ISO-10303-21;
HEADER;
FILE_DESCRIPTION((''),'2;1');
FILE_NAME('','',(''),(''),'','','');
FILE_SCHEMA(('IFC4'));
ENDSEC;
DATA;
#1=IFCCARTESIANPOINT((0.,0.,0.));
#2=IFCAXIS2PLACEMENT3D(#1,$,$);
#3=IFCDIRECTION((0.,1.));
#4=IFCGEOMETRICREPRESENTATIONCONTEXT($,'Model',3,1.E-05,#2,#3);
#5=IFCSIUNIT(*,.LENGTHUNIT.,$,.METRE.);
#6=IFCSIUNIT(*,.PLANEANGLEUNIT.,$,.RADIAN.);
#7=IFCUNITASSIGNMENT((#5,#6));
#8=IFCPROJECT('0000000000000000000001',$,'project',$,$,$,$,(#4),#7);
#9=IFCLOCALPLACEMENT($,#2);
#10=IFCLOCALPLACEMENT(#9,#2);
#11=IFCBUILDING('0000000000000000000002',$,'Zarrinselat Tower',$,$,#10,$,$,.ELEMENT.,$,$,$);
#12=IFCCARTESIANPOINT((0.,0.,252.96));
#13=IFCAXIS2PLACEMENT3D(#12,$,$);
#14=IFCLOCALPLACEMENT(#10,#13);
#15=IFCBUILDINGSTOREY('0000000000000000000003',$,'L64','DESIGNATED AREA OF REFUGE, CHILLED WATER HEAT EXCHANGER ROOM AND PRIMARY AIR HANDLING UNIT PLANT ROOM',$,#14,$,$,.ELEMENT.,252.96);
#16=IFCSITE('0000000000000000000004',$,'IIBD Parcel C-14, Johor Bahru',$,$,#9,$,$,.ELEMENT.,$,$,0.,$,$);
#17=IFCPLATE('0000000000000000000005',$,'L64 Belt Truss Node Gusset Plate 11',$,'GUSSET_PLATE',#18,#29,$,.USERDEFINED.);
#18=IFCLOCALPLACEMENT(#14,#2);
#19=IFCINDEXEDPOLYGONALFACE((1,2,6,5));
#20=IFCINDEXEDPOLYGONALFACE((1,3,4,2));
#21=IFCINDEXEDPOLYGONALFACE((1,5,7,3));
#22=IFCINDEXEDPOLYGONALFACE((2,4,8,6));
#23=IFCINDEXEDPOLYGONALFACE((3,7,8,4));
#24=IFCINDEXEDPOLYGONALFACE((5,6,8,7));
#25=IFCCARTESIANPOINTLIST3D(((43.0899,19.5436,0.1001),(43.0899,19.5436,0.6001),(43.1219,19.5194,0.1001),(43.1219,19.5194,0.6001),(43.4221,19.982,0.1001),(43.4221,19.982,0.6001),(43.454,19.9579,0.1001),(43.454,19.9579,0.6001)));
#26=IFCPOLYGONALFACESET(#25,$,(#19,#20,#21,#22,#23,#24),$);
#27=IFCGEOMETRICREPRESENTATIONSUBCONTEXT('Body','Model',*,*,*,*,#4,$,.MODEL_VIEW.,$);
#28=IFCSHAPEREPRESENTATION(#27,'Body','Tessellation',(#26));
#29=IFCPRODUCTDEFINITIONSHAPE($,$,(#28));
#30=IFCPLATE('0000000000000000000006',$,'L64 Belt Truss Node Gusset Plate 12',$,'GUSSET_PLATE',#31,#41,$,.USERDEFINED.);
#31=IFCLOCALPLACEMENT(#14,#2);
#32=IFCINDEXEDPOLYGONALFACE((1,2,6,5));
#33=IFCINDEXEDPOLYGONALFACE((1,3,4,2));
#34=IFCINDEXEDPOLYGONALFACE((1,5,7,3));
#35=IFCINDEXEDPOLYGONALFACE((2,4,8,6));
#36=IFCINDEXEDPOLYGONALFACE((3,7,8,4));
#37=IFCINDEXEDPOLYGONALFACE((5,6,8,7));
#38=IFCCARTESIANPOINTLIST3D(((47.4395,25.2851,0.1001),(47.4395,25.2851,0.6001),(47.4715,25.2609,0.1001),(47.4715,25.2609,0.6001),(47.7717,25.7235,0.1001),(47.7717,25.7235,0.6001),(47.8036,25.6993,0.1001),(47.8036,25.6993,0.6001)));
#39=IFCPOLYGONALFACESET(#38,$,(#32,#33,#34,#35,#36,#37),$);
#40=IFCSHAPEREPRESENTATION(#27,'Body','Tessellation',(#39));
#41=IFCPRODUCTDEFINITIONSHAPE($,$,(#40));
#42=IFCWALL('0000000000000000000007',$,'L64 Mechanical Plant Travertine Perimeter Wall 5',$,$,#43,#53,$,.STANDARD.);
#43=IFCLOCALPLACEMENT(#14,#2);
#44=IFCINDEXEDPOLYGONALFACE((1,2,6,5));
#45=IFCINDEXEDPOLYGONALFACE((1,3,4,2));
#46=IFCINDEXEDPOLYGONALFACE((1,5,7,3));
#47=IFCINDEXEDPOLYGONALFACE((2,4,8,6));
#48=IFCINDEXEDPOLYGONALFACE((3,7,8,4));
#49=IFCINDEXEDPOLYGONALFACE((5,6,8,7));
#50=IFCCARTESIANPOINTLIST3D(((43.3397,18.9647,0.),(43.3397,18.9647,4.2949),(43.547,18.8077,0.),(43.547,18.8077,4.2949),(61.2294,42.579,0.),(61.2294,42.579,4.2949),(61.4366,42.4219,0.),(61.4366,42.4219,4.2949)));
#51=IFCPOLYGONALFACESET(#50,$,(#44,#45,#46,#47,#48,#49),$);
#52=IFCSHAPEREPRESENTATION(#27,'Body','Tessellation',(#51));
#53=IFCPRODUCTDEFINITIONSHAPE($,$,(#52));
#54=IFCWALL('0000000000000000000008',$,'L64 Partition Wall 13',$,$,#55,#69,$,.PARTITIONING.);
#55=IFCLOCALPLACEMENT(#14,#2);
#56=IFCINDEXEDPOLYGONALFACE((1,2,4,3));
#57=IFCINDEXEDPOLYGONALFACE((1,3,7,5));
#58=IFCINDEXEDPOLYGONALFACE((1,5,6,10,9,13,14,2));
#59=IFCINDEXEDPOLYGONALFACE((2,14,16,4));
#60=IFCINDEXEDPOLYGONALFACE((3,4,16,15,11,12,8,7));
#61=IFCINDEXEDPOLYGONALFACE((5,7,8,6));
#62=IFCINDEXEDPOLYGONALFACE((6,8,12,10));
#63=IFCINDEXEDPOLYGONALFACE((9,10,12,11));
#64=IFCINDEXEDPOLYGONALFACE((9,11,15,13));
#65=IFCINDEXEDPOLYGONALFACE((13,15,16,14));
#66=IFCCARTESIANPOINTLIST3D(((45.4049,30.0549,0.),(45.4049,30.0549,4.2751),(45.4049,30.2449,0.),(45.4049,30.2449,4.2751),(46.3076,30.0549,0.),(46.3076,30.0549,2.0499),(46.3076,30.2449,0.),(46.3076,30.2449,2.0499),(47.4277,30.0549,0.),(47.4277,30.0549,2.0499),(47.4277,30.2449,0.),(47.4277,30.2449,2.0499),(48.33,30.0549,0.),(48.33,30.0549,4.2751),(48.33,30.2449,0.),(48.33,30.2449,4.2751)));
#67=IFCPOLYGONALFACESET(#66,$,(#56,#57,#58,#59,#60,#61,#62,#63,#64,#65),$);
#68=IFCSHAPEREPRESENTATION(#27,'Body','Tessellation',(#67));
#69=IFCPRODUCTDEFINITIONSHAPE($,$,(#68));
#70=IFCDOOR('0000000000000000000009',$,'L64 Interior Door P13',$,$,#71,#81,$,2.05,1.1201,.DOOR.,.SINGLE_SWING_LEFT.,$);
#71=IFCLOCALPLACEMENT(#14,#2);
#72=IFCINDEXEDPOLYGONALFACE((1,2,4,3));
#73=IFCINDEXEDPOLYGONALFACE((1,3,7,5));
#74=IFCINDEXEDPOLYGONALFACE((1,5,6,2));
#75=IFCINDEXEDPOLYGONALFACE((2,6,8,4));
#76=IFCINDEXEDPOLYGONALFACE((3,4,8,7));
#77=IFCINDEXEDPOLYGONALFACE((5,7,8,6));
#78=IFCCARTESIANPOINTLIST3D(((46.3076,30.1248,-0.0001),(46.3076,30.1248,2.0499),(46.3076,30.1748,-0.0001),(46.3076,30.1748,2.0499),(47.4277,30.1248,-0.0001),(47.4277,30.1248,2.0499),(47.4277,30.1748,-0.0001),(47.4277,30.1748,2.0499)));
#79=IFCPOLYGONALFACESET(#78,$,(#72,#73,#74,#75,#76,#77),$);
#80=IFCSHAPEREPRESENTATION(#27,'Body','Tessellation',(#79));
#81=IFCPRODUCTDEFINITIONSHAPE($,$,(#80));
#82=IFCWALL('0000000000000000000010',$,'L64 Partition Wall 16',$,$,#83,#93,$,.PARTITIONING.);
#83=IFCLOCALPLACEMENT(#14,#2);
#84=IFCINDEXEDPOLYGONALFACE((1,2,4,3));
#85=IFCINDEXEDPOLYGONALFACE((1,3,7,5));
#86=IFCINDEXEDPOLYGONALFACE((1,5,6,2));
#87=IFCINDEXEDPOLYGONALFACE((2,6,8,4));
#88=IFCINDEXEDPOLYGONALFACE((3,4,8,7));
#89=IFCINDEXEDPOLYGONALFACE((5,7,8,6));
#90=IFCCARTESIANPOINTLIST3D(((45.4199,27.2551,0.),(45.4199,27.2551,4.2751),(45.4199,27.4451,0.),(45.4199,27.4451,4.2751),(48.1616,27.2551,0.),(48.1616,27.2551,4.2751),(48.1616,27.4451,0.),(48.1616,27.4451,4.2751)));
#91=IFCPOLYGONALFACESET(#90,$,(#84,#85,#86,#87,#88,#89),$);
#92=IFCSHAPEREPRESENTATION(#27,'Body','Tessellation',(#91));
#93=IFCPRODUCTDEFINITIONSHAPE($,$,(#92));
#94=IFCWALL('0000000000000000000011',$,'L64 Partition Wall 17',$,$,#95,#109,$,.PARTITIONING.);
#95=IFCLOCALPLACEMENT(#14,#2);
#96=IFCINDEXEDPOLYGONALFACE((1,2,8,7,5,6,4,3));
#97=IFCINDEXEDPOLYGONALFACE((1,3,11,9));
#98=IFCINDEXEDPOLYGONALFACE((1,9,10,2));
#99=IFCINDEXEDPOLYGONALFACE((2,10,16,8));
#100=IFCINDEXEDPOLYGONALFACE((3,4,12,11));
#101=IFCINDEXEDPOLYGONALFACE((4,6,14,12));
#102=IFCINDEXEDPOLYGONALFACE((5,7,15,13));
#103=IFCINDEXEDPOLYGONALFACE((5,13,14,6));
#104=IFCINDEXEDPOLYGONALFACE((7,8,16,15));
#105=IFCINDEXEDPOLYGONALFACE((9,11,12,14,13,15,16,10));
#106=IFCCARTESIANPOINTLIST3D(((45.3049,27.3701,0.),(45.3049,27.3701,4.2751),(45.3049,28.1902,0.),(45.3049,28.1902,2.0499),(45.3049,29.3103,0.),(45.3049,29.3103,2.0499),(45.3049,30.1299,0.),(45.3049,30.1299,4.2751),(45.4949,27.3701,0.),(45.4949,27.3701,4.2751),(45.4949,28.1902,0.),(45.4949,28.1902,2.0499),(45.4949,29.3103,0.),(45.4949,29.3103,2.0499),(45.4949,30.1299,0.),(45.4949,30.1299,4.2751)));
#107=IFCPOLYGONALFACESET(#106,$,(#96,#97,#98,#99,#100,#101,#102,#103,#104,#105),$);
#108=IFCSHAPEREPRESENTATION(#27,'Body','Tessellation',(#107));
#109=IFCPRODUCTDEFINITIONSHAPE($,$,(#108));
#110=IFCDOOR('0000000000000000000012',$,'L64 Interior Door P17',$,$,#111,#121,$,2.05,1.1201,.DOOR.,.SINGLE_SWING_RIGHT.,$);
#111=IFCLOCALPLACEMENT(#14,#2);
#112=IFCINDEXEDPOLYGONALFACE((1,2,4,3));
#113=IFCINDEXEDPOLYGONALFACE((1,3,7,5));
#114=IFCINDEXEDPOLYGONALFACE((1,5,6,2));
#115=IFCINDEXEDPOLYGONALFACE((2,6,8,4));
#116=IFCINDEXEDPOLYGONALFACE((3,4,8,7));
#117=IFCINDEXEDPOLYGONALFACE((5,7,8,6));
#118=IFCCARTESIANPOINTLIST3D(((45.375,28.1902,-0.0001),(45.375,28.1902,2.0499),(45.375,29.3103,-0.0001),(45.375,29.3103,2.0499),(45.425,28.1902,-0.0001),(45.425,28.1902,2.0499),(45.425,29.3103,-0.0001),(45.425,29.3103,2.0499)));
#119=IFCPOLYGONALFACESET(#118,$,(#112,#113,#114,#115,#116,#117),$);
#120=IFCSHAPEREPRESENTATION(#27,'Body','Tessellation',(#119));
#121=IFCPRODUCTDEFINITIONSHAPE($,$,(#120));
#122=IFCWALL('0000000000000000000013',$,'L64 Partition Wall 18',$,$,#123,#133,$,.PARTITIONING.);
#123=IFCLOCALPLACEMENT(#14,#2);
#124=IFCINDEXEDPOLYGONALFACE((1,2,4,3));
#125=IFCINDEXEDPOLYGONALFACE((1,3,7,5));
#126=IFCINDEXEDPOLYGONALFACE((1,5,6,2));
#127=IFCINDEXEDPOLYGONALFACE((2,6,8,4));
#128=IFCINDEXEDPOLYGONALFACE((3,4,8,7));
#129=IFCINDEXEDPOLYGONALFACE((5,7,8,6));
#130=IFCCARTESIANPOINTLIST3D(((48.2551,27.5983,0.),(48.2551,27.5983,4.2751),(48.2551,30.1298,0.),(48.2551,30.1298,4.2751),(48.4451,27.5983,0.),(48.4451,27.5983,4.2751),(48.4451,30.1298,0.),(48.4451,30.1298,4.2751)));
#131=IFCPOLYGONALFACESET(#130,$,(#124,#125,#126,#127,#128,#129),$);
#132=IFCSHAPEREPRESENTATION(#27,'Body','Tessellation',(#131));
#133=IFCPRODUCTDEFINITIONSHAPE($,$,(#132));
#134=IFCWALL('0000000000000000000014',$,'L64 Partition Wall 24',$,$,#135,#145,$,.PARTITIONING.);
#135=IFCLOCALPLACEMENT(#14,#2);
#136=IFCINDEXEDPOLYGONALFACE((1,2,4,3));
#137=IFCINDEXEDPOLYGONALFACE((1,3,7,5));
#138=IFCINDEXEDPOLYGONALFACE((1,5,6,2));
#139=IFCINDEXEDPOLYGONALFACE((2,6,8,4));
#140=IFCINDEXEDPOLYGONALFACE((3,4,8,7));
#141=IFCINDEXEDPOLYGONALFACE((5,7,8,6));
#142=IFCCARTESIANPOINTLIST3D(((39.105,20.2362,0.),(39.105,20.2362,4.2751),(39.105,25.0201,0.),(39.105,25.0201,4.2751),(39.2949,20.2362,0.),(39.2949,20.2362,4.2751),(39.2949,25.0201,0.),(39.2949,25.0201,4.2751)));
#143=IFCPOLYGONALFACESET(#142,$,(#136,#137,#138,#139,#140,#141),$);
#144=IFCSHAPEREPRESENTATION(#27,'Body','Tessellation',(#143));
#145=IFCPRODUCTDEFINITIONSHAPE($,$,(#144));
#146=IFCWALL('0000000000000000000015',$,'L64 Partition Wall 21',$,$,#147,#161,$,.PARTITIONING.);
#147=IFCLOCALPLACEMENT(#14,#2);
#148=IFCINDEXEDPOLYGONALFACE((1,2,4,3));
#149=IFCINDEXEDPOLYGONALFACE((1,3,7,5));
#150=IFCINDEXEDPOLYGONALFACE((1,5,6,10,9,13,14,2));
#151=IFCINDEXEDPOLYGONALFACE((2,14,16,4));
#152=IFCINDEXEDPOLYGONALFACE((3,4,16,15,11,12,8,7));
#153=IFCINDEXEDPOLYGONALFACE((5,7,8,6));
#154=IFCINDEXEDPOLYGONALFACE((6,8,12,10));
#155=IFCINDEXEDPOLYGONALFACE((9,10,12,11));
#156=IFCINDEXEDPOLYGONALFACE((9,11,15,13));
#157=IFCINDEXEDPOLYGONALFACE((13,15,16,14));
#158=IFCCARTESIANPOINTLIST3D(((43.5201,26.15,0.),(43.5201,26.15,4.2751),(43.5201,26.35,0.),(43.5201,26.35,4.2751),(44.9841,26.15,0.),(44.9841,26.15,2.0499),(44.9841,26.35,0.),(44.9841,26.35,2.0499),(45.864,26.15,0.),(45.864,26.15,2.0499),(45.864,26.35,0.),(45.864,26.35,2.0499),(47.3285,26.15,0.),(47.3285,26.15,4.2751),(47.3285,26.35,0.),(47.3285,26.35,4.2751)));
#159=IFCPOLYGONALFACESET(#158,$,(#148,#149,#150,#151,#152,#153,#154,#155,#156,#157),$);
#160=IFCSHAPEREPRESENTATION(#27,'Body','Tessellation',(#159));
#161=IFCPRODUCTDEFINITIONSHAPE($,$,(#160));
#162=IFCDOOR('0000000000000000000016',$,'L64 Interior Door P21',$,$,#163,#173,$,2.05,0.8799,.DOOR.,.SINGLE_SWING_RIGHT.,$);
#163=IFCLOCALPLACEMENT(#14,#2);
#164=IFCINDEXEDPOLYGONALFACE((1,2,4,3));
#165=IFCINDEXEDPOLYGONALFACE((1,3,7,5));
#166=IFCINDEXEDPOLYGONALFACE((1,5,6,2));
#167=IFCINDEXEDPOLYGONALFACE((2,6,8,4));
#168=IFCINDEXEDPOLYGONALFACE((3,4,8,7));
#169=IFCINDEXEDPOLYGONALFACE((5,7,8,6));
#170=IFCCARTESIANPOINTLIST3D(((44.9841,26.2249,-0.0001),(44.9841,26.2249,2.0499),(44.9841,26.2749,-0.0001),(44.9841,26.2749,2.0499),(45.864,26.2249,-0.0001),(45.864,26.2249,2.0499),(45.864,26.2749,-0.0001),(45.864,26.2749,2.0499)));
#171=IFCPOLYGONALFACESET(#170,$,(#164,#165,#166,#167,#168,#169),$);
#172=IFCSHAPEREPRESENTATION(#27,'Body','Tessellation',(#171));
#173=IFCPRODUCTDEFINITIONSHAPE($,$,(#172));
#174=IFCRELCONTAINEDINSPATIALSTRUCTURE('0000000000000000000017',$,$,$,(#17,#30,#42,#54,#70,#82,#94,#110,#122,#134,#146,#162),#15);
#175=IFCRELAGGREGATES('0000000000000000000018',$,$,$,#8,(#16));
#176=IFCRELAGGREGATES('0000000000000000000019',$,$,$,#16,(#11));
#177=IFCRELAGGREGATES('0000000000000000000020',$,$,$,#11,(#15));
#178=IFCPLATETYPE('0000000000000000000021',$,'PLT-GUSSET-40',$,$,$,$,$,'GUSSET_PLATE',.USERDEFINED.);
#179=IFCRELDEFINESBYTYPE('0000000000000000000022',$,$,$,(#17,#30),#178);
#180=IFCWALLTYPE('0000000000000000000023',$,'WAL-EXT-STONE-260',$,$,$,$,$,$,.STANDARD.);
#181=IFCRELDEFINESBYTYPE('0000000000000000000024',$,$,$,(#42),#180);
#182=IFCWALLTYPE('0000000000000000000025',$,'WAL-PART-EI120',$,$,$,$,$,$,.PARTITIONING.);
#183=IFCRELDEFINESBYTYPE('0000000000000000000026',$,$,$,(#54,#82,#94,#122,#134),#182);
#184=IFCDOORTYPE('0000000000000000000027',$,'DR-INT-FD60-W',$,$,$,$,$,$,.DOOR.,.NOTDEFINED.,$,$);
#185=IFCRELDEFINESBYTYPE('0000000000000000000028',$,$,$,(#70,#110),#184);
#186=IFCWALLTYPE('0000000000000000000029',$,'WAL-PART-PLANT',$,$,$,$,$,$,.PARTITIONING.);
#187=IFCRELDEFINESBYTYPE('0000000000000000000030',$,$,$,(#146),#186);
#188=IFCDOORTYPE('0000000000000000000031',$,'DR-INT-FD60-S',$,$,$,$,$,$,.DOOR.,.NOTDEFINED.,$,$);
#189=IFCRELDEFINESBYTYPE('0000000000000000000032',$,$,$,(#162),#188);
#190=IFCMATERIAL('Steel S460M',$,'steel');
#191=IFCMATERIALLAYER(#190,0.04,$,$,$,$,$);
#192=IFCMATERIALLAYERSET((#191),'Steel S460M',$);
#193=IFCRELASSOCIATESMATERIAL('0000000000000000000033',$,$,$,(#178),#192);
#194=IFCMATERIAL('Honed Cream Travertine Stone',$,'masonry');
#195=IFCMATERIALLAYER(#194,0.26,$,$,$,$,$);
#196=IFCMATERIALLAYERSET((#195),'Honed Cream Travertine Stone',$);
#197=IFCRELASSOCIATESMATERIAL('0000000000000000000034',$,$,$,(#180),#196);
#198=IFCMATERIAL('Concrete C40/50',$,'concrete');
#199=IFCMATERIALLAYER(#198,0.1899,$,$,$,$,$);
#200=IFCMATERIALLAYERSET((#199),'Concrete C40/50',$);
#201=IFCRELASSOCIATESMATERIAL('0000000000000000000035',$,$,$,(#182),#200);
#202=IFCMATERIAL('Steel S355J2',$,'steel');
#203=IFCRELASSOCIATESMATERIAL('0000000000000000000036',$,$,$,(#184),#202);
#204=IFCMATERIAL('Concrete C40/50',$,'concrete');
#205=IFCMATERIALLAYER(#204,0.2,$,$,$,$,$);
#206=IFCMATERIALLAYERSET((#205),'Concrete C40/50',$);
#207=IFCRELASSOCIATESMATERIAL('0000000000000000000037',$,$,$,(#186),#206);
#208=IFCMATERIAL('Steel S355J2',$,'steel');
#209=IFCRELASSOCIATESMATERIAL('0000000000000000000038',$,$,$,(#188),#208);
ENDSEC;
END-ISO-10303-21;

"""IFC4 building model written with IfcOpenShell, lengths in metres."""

from ifc_helpers import new_model, si_unit, direction, frame, frame_2d, origin, origin_2d, place, context, subcontext, project, spatial, rectangle, extrude, material, layer, layer_set, type_object, element, fill, save


model = new_model("IFC4")

# Units and contexts
model_context = context("Model", 3, precision=1e-05, world=origin(), true_north=direction((0.0, 1.0)))
body_context = subcontext(model_context, "Body", "Model", "MODEL_VIEW")
ifc_project = project(units=[si_unit("LENGTHUNIT", "METRE"), si_unit("PLANEANGLEUNIT", "RADIAN")], contexts=[model_context])

# Site, building, storey
site_placement = place(None, origin())
site = spatial("IfcSite", under=ifc_project, at=site_placement, Name="IIBD Parcel C-14, Johor Bahru", CompositionType="ELEMENT", RefElevation=0.0)
building_placement = place(site_placement, origin())
building = spatial("IfcBuilding", under=site, at=building_placement, Name="Zarrinselat Tower", CompositionType="ELEMENT")
storey_placement = place(building_placement, frame((0.0, 0.0, 252.96)))
storey = spatial("IfcBuildingStorey", under=building, at=storey_placement, Name="L64", Description="DESIGNATED AREA OF REFUGE, CHILLED WATER HEAT EXCHANGER ROOM AND PRIMARY AIR HANDLING UNIT PLANT ROOM", CompositionType="ELEMENT", Elevation=252.96)

# Plates
ifc_material_1 = material(Name="Steel S460M", Category="steel")
ifc_layer_1 = layer(ifc_material_1, 0.04)
ifc_layer_set_1 = layer_set([ifc_layer_1], Name="Steel S460M")
plate_type = type_object("IfcPlateType", Name="PLT-GUSSET-40", ElementType="GUSSET_PLATE", PredefinedType="USERDEFINED", material=ifc_layer_set_1)
for number, where, z_axis, x_axis, name in (
    (1, (43.272, 19.7507, 0.1001), (0.0, 0.0, 1.0), (0.603856, 0.797093, 0.0), "L64 Belt Truss Node Gusset Plate 11"),
    (2, (47.6216, 25.4922, 0.1001), (0.0, 0.0, 1.0), (0.603856, 0.797093, 0.0), "L64 Belt Truss Node Gusset Plate 12"),
):
    element("IfcPlate", number, at=place(storey_placement, frame(where, z_axis=z_axis, x_axis=x_axis)), inside=storey, type_object=plate_type, Name=name, ObjectType="GUSSET_PLATE", PredefinedType="USERDEFINED", context=body_context, shape_type="SweptSolid", body=[
        extrude(rectangle(XDim=0.55, YDim=0.04, at=origin_2d()), origin(), (0.0, 0.0, 1.0), 0.5),
    ])

# Wall
ifc_material_2 = material(Name="Honed Cream Travertine Stone", Category="masonry")
ifc_layer_2 = layer(ifc_material_2, 0.26)
ifc_layer_set_2 = layer_set([ifc_layer_2], Name="Honed Cream Travertine Stone")
wall_type_1 = type_object("IfcWallType", Name="WAL-EXT-STONE-260", PredefinedType="STANDARD", material=ifc_layer_set_2)
wall_1_placement = place(storey_placement, frame((43.4434, 18.8862, 0.0), z_axis=(0.0, 0.0, 1.0), x_axis=(0.603859, 0.797091, 0.0)))
element("IfcWall", 3, at=wall_1_placement, inside=storey, type_object=wall_type_1, Name="L64 Mechanical Plant Travertine Perimeter Wall 5", PredefinedType="STANDARD", context=body_context, shape_type="SweptSolid", body=[
    extrude(rectangle(XDim=29.6255, YDim=0.26, at=frame_2d((14.8127, 0.0))), origin(), (0.0, 0.0, 1.0), 4.2949),
])

# Wall, opening, door
ifc_material_3 = material(Name="Concrete C40/50", Category="concrete")
ifc_layer_3 = layer(ifc_material_3, 0.1899)
ifc_layer_set_3 = layer_set([ifc_layer_3], Name="Concrete C40/50")
wall_type_2 = type_object("IfcWallType", Name="WAL-PART-EI120", PredefinedType="PARTITIONING", material=ifc_layer_set_3)
wall_2_placement = place(storey_placement, frame((45.405, 30.1499, 0.0), z_axis=(0.0, 0.0, 1.0), x_axis=(1.0, 0.0, 0.0)))
wall_2 = element("IfcWall", 4, at=wall_2_placement, inside=storey, type_object=wall_type_2, Name="L64 Partition Wall 13", PredefinedType="PARTITIONING", context=body_context, shape_type="SweptSolid", body=[
    extrude(rectangle(XDim=2.925, YDim=0.1899, at=frame_2d((1.4624, 0.0))), origin(), (0.0, 0.0, 1.0), 4.2751),
])
opening_1_placement = place(wall_2_placement, frame((0.9026, 0.0, 0.0)))
opening_1 = element("IfcOpeningElement", 5, at=opening_1_placement, cuts=wall_2, PredefinedType="OPENING", context=body_context, shape_type="SweptSolid", body=[
    extrude(rectangle(XDim=1.1201, YDim=2.05, at=frame_2d((0.5601, 1.0249))), frame((0.0, 0.105, 0.0), z_axis=(0.0, -1.0, 0.0), x_axis=(1.0, 0.0, 0.0)), (0.0, 0.0, 1.0), 0.21),
])
ifc_material_4 = material(Name="Steel S355J2", Category="steel")
door_type_1 = type_object("IfcDoorType", Name="DR-INT-FD60-W", OperationType="NOTDEFINED", PredefinedType="DOOR", material=ifc_material_4)
door_1_placement = place(opening_1_placement, origin())
door_1 = element("IfcDoor", 6, at=door_1_placement, inside=storey, type_object=door_type_1, Name="L64 Interior Door P13", OperationType="SINGLE_SWING_LEFT", OverallHeight=2.05, OverallWidth=1.1201, PredefinedType="DOOR", context=body_context, shape_type="SweptSolid", body=[
    extrude(rectangle(XDim=1.1201, YDim=2.05, at=frame_2d((0.5601, 1.0249))), frame((0.0, 0.0249, 0.0), z_axis=(0.0, -1.0, 0.0), x_axis=(1.0, 0.0, 0.0)), (0.0, 0.0, 1.0), 0.05),
])
fill(opening_1, door_1)

# Wall
wall_3_placement = place(storey_placement, frame((45.4199, 27.3501, 0.0), z_axis=(0.0, 0.0, 1.0), x_axis=(1.0, 0.0, 0.0)))
element("IfcWall", 7, at=wall_3_placement, inside=storey, type_object=wall_type_2, Name="L64 Partition Wall 16", PredefinedType="PARTITIONING", context=body_context, shape_type="SweptSolid", body=[
    extrude(rectangle(XDim=2.7417, YDim=0.1899, at=frame_2d((1.3708, 0.0))), origin(), (0.0, 0.0, 1.0), 4.2751),
])

# Wall, opening, door
wall_4_placement = place(storey_placement, frame((45.3999, 27.3701, 0.0), z_axis=(0.0, 0.0, 1.0), x_axis=(0.0, 1.0, 0.0)))
wall_4 = element("IfcWall", 8, at=wall_4_placement, inside=storey, type_object=wall_type_2, Name="L64 Partition Wall 17", PredefinedType="PARTITIONING", context=body_context, shape_type="SweptSolid", body=[
    extrude(rectangle(XDim=2.7598, YDim=0.1899, at=frame_2d((1.3799, 0.0))), origin(), (0.0, 0.0, 1.0), 4.2751),
])
opening_2_placement = place(wall_4_placement, frame((0.8201, 0.0, 0.0)))
opening_2 = element("IfcOpeningElement", 9, at=opening_2_placement, cuts=wall_4, PredefinedType="OPENING", context=body_context, shape_type="SweptSolid", body=[
    extrude(rectangle(XDim=1.1201, YDim=2.05, at=frame_2d((0.5601, 1.0249))), frame((0.0, 0.105, 0.0), z_axis=(0.0, -1.0, 0.0), x_axis=(1.0, 0.0, 0.0)), (0.0, 0.0, 1.0), 0.21),
])
door_2_placement = place(opening_2_placement, origin())
door_2 = element("IfcDoor", 10, at=door_2_placement, inside=storey, type_object=door_type_1, Name="L64 Interior Door P17", OperationType="SINGLE_SWING_RIGHT", OverallHeight=2.05, OverallWidth=1.1201, PredefinedType="DOOR", context=body_context, shape_type="SweptSolid", body=[
    extrude(rectangle(XDim=1.1201, YDim=2.05, at=frame_2d((0.5601, 1.0249))), frame((0.0, 0.0249, 0.0), z_axis=(0.0, -1.0, 0.0), x_axis=(1.0, 0.0, 0.0)), (0.0, 0.0, 1.0), 0.05),
])
fill(opening_2, door_2)

# Walls
wall_5_placement = place(storey_placement, frame((48.3501, 27.5984, 0.0), z_axis=(0.0, 0.0, 1.0), x_axis=(0.0, 1.0, 0.0)))
element("IfcWall", 11, at=wall_5_placement, inside=storey, type_object=wall_type_2, Name="L64 Partition Wall 18", PredefinedType="PARTITIONING", context=body_context, shape_type="SweptSolid", body=[
    extrude(rectangle(XDim=2.5315, YDim=0.1899, at=frame_2d((1.2656, 0.0))), origin(), (0.0, 0.0, 1.0), 4.2751),
])
wall_6_placement = place(storey_placement, frame((39.2, 20.2361, 0.0), z_axis=(0.0, 0.0, 1.0), x_axis=(0.0, 1.0, 0.0)))
element("IfcWall", 12, at=wall_6_placement, inside=storey, type_object=wall_type_2, Name="L64 Partition Wall 24", PredefinedType="PARTITIONING", context=body_context, shape_type="SweptSolid", body=[
    extrude(rectangle(XDim=4.7839, YDim=0.1899, at=frame_2d((2.3921, 0.0))), origin(), (0.0, 0.0, 1.0), 4.2751),
])

# Wall, opening, door
ifc_material_5 = material(Name="Concrete C40/50", Category="concrete")
ifc_layer_4 = layer(ifc_material_5, 0.2)
ifc_layer_set_4 = layer_set([ifc_layer_4], Name="Concrete C40/50")
wall_type_3 = type_object("IfcWallType", Name="WAL-PART-PLANT", PredefinedType="PARTITIONING", material=ifc_layer_set_4)
wall_7_placement = place(storey_placement, frame((43.52, 26.25, 0.0), z_axis=(0.0, 0.0, 1.0), x_axis=(1.0, 0.0, 0.0)))
wall_7 = element("IfcWall", 13, at=wall_7_placement, inside=storey, type_object=wall_type_3, Name="L64 Partition Wall 21", PredefinedType="PARTITIONING", context=body_context, shape_type="SweptSolid", body=[
    extrude(rectangle(XDim=3.8083, YDim=0.2, at=frame_2d((1.9043, 0.0))), origin(), (0.0, 0.0, 1.0), 4.2751),
])
opening_3_placement = place(wall_7_placement, frame((1.4641, 0.0, 0.0)))
opening_3 = element("IfcOpeningElement", 14, at=opening_3_placement, cuts=wall_7, PredefinedType="OPENING", context=body_context, shape_type="SweptSolid", body=[
    extrude(rectangle(XDim=0.8799, YDim=2.05, at=frame_2d((0.4399, 1.0249))), frame((0.0, 0.1099, 0.0), z_axis=(0.0, -1.0, 0.0), x_axis=(1.0, 0.0, 0.0)), (0.0, 0.0, 1.0), 0.22),
])
ifc_material_6 = material(Name="Steel S355J2", Category="steel")
door_type_2 = type_object("IfcDoorType", Name="DR-INT-FD60-S", OperationType="NOTDEFINED", PredefinedType="DOOR", material=ifc_material_6)
door_3_placement = place(opening_3_placement, origin())
door_3 = element("IfcDoor", 15, at=door_3_placement, inside=storey, type_object=door_type_2, Name="L64 Interior Door P21", OperationType="SINGLE_SWING_RIGHT", OverallHeight=2.05, OverallWidth=0.8799, PredefinedType="DOOR", context=body_context, shape_type="SweptSolid", body=[
    extrude(rectangle(XDim=0.8799, YDim=2.05, at=frame_2d((0.4399, 1.0249))), frame((0.0, 0.0249, 0.0), z_axis=(0.0, -1.0, 0.0), x_axis=(1.0, 0.0, 0.0)), (0.0, 0.0, 1.0), 0.05),
])
fill(opening_3, door_3)

save(model, "model.ifc")
